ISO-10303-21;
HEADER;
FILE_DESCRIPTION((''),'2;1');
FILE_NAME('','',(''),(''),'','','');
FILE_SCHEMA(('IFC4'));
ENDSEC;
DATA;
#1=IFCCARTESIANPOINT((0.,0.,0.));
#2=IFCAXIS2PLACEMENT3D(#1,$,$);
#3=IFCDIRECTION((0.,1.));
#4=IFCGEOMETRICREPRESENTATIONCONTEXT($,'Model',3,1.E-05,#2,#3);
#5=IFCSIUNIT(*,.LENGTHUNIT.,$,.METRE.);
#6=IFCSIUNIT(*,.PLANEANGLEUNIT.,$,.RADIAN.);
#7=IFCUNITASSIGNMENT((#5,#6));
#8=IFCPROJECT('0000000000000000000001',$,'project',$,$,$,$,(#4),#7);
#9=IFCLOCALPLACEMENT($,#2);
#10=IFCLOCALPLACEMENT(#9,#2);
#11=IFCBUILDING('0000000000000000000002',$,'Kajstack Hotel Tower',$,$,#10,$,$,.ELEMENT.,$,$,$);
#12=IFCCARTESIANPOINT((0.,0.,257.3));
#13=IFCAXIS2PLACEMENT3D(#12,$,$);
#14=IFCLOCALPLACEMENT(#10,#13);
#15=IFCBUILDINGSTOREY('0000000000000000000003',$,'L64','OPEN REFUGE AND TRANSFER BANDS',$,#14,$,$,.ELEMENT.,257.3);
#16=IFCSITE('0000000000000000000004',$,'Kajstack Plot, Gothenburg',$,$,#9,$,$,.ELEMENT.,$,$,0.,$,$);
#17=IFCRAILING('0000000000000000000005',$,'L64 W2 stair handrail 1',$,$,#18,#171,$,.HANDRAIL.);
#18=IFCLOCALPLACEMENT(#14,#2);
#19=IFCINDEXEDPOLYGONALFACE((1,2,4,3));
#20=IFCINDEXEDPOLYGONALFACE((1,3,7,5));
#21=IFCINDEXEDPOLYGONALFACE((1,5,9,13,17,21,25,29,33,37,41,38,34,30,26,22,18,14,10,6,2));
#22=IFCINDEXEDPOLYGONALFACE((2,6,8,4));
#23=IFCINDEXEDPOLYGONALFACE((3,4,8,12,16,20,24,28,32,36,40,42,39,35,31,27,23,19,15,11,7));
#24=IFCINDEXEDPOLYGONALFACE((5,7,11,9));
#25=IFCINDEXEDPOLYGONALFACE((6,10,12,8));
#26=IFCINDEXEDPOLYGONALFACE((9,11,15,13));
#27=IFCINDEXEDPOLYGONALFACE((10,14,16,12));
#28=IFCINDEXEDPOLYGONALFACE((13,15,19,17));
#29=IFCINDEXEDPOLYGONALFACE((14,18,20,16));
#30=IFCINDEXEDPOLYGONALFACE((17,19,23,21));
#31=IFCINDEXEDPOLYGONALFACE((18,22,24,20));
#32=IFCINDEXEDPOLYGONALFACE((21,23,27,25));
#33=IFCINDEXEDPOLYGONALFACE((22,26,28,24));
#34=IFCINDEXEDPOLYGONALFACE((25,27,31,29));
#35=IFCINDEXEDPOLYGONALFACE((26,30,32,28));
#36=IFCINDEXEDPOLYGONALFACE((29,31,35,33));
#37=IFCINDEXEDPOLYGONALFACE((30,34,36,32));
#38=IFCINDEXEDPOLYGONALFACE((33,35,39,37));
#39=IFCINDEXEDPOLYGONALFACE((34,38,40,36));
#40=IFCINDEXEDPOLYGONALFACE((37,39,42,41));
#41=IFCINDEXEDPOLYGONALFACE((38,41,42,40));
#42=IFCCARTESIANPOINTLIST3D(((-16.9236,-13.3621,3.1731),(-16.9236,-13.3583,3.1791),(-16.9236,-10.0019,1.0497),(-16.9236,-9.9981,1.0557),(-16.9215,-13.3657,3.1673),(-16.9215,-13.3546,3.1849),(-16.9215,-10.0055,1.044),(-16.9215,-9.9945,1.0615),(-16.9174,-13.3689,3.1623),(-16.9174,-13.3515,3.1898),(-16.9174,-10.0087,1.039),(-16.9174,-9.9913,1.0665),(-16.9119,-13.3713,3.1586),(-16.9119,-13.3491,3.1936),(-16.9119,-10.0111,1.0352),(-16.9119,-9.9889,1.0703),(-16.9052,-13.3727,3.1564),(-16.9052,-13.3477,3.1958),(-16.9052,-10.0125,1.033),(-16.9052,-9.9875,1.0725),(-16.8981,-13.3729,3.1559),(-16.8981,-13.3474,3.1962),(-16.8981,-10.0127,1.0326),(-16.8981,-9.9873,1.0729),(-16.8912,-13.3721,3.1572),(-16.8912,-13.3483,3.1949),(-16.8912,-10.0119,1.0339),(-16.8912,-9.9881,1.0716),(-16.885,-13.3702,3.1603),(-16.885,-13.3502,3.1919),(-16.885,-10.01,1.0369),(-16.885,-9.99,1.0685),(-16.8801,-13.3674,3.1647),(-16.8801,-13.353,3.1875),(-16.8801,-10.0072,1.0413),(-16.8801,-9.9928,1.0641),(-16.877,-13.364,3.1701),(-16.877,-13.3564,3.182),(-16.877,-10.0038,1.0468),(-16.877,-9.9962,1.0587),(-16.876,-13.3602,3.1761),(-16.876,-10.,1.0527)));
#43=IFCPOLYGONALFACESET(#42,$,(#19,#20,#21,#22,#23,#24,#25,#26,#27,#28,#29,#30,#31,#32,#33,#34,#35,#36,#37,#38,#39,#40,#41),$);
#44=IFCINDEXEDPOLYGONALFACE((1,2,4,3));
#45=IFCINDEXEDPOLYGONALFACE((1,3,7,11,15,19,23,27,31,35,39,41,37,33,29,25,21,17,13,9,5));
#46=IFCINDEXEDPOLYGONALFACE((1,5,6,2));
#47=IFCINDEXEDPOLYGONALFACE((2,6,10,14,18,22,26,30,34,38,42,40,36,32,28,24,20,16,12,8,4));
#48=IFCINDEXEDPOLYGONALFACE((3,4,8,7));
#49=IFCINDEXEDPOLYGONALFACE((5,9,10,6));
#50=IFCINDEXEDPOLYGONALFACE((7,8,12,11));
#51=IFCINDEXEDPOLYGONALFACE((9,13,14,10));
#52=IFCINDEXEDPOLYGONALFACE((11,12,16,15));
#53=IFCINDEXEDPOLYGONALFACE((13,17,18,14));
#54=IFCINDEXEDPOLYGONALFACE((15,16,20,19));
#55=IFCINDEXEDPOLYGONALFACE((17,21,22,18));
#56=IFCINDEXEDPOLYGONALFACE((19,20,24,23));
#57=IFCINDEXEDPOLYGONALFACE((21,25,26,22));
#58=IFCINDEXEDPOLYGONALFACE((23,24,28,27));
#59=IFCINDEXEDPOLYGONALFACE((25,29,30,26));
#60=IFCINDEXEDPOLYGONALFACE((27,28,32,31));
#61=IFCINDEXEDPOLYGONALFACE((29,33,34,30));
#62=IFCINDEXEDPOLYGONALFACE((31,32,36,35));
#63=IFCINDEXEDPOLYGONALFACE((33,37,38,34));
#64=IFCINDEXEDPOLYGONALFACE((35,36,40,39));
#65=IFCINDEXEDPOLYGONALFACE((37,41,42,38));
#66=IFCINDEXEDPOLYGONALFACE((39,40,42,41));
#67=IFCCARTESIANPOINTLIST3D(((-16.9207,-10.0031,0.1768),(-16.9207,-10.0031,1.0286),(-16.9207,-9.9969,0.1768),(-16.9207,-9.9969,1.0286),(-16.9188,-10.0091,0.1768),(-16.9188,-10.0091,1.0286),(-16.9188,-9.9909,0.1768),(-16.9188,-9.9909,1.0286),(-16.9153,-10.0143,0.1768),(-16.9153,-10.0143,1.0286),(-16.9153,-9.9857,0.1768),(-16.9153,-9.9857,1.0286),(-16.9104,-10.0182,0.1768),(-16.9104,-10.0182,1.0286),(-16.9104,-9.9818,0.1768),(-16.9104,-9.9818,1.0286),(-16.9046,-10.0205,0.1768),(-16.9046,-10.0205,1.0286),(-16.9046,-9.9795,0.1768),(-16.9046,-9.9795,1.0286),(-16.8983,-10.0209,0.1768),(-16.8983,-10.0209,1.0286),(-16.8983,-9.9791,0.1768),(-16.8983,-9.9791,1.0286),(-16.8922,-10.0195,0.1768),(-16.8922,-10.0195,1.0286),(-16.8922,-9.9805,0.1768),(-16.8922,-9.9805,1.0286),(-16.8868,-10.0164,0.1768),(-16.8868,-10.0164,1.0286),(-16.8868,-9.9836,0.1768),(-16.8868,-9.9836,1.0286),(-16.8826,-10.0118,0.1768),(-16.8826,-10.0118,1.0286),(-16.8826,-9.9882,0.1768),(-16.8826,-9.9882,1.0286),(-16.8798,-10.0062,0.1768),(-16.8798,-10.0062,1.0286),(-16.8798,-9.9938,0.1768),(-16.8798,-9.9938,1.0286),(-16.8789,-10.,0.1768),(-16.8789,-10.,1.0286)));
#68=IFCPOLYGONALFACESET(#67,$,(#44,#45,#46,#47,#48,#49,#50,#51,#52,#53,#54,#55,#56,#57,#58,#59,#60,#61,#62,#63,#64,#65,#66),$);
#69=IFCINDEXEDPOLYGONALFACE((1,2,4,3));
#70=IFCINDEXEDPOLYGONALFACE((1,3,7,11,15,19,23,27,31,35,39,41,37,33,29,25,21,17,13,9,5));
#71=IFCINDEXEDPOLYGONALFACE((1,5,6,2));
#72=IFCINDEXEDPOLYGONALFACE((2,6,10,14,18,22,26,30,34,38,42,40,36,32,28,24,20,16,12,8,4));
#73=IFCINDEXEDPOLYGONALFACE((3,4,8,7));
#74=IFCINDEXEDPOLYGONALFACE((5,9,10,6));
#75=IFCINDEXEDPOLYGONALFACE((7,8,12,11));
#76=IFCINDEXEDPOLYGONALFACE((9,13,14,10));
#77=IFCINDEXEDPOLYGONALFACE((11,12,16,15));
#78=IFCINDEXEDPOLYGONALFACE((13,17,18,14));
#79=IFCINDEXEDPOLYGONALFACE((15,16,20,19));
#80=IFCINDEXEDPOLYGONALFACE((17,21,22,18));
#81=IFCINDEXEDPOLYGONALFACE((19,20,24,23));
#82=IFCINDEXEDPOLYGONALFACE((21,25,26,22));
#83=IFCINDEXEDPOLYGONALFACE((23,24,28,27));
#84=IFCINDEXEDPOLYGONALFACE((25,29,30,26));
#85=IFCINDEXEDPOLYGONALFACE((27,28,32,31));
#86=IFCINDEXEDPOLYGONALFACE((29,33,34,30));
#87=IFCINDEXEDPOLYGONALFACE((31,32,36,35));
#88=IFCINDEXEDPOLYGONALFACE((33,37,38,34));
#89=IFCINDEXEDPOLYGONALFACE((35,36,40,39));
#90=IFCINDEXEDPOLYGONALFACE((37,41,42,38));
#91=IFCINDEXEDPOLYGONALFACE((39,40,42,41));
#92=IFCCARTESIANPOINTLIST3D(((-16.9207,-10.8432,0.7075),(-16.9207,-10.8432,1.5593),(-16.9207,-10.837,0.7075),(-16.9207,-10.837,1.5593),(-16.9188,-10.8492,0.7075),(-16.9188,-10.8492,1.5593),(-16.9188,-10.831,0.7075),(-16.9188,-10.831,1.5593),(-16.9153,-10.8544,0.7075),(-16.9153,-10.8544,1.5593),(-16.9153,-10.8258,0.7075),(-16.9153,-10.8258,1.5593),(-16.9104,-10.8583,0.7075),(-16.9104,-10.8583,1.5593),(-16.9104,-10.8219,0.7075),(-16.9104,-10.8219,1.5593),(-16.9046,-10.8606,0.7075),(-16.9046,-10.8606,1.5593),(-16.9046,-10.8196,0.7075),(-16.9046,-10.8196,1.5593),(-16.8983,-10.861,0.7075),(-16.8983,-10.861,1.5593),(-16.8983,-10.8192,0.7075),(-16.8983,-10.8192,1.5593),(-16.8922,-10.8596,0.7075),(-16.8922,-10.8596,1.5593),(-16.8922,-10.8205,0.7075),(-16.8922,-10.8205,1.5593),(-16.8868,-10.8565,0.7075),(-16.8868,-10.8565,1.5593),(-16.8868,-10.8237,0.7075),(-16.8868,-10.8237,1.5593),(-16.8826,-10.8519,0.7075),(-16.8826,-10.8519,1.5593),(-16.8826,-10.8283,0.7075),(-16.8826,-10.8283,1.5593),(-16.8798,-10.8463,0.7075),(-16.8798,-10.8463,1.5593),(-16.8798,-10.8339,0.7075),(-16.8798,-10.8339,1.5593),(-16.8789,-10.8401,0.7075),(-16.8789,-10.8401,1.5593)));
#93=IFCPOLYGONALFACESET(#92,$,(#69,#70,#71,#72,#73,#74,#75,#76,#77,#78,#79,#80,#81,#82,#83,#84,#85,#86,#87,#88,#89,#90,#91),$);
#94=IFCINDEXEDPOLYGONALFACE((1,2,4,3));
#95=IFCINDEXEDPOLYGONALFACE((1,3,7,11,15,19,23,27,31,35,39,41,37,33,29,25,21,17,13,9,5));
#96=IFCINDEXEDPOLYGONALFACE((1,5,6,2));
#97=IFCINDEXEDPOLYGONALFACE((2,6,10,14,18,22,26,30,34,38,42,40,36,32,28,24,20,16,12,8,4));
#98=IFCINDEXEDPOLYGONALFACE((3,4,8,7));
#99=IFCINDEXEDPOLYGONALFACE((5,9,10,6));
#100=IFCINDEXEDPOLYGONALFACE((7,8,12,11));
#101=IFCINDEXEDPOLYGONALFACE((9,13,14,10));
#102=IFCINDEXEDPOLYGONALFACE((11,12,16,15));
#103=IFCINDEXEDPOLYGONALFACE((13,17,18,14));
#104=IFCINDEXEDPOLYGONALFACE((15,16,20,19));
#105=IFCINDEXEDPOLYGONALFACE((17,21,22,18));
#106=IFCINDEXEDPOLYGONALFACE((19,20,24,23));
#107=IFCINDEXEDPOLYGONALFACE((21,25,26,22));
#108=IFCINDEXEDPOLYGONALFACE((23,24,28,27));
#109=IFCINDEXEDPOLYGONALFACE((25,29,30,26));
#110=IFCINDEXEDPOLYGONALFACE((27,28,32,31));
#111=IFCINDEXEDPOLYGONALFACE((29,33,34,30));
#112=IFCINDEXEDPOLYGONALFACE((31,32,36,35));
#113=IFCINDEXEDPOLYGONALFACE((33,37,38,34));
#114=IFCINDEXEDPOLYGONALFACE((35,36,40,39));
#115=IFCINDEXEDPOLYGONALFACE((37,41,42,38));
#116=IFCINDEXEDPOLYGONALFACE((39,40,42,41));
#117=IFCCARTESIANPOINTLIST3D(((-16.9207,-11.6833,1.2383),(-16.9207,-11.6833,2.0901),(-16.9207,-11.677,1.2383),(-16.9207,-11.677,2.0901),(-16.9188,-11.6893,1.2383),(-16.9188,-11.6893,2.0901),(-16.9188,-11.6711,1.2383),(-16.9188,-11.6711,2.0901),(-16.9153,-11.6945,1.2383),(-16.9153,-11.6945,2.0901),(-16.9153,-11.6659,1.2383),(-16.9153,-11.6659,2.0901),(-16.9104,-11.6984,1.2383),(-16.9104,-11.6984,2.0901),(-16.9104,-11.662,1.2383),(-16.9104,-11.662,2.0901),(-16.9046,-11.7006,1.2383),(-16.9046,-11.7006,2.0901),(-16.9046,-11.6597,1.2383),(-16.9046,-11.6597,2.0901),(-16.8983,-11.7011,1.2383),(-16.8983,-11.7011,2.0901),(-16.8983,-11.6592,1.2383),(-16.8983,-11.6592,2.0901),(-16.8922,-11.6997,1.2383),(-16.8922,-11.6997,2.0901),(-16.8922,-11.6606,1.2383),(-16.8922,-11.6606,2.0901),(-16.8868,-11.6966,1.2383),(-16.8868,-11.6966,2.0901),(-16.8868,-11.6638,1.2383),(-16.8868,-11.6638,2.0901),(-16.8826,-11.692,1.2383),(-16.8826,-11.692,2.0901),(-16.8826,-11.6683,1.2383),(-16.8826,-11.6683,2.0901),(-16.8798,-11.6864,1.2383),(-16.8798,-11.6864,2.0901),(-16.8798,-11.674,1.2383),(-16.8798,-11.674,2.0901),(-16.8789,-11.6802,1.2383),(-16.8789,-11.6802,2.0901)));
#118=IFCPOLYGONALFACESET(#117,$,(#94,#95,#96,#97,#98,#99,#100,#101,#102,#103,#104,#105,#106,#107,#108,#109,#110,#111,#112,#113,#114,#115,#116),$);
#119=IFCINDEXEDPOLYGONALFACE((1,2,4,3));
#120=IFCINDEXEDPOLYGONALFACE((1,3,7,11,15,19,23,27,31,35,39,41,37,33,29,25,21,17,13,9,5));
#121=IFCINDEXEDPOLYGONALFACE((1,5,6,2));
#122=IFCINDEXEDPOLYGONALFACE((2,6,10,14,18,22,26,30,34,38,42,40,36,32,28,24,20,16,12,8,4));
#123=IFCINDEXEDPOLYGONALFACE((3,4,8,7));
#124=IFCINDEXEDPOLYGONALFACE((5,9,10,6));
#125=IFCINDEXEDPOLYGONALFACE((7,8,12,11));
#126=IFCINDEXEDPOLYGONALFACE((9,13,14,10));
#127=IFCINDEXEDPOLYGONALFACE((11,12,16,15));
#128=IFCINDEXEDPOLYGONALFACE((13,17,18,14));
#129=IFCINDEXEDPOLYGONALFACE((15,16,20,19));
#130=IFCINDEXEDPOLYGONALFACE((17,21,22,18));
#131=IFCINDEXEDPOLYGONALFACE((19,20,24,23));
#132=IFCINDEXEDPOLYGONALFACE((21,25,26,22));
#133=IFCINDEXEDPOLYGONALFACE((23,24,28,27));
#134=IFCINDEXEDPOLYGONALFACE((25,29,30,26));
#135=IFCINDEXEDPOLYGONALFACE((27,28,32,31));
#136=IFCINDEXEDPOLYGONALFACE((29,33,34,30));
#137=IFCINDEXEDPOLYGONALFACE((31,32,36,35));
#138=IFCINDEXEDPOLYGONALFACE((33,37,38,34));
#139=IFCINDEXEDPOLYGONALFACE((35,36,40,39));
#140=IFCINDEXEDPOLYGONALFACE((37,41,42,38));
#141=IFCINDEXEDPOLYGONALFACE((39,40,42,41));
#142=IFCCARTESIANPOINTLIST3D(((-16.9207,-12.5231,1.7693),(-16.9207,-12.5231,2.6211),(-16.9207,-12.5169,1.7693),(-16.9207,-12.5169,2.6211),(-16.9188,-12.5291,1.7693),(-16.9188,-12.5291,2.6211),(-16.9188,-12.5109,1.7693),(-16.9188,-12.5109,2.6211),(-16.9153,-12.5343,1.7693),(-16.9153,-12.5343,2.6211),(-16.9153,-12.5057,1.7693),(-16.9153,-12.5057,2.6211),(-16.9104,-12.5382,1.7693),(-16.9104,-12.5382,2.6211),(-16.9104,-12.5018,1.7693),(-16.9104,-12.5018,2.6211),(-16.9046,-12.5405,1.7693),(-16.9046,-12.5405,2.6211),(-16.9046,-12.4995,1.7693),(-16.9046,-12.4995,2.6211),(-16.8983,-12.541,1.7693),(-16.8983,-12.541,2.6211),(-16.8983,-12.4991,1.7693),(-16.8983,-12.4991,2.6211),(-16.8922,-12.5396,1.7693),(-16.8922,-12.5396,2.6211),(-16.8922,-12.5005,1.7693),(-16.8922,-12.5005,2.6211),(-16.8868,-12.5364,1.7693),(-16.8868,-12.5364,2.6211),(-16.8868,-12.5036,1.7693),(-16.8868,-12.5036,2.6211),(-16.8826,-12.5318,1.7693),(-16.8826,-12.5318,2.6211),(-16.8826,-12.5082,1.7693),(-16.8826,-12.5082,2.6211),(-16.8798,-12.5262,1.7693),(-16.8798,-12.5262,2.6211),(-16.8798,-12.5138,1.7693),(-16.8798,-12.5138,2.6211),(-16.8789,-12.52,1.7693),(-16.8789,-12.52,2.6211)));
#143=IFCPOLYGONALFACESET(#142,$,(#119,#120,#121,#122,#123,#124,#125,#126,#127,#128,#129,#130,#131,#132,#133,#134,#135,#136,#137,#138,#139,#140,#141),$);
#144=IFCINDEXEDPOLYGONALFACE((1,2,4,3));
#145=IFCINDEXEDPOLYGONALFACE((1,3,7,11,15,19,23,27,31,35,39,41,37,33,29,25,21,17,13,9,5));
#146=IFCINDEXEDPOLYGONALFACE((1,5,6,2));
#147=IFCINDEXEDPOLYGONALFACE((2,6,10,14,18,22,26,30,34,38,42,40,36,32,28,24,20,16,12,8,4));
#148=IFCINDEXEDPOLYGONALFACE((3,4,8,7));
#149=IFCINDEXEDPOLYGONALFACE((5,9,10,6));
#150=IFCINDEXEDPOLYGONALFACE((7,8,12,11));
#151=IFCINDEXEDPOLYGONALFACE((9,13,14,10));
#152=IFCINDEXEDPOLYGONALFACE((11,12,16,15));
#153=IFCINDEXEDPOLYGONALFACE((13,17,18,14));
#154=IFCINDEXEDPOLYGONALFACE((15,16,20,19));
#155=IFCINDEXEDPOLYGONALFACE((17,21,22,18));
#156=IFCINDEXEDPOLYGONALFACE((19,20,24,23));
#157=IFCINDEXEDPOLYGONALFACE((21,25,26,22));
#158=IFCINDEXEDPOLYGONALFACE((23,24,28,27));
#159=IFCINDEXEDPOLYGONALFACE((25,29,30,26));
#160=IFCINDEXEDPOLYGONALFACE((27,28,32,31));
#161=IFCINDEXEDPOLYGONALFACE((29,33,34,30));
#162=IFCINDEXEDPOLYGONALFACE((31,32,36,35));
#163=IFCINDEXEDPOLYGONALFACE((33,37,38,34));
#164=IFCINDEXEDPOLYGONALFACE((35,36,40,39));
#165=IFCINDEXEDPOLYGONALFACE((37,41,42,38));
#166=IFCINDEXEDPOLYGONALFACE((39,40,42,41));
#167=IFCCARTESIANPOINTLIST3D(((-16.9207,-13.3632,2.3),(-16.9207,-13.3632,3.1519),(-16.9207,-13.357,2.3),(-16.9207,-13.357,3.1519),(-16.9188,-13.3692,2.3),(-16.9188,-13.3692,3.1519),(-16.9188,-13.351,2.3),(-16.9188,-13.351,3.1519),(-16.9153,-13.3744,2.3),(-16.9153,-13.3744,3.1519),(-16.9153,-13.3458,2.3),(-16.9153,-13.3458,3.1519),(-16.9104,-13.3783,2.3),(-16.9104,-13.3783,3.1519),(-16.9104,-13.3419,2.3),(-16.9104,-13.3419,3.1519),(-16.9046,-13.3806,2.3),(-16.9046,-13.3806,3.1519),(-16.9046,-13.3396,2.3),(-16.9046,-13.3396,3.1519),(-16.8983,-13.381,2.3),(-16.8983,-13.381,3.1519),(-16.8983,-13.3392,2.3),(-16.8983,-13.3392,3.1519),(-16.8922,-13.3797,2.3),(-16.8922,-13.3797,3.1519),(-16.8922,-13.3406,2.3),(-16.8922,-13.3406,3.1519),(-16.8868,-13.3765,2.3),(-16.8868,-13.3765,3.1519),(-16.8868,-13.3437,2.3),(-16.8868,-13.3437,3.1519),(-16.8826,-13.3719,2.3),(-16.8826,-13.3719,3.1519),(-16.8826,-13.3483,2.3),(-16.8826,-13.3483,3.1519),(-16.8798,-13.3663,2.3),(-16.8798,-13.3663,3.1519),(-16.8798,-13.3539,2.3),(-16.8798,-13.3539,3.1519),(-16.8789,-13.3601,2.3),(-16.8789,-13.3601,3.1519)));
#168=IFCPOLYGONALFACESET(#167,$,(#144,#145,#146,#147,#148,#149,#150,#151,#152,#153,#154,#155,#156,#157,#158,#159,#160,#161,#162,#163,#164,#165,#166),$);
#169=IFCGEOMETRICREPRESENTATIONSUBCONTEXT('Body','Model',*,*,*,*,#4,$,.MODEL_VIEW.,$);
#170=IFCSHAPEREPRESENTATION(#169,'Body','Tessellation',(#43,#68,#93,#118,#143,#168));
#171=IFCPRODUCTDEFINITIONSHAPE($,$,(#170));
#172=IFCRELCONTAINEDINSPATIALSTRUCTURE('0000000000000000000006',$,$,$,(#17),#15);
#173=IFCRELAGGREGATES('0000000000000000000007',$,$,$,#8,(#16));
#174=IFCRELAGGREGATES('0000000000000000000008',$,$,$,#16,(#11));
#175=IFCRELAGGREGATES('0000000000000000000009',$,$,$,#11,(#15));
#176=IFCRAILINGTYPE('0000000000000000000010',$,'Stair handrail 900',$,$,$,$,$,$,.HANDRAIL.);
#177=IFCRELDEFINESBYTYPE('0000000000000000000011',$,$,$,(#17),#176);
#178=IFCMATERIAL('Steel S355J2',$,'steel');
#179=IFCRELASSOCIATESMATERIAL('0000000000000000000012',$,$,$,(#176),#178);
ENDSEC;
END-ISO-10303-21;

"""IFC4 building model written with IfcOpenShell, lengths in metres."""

from ifc_helpers import new_model, si_unit, direction, frame, origin, origin_2d, place, context, subcontext, project, spatial, circle, extrude, material, type_object, element, save


model = new_model("IFC4")

# Units and contexts
model_context = context("Model", 3, precision=1e-05, world=origin(), true_north=direction((0.0, 1.0)))
body_context = subcontext(model_context, "Body", "Model", "MODEL_VIEW")
ifc_project = project(units=[si_unit("LENGTHUNIT", "METRE"), si_unit("PLANEANGLEUNIT", "RADIAN")], contexts=[model_context])

# Site, building, storey
site_placement = place(None, origin())
site = spatial("IfcSite", under=ifc_project, at=site_placement, Name="Kajstack Plot, Gothenburg", CompositionType="ELEMENT", RefElevation=0.0)
building_placement = place(site_placement, origin())
building = spatial("IfcBuilding", under=site, at=building_placement, Name="Kajstack Hotel Tower", CompositionType="ELEMENT")
storey_placement = place(building_placement, frame((0.0, 0.0, 257.3)))
storey = spatial("IfcBuildingStorey", under=building, at=storey_placement, Name="L64", Description="OPEN REFUGE AND TRANSFER BANDS", CompositionType="ELEMENT", Elevation=257.3)

# Shared definitions
ifc_material_1 = material(Name="Steel S355J2", Category="steel")

# Railing
railing_type_1 = type_object("IfcRailingType", Name="Stair handrail 900", PredefinedType="HANDRAIL", material=ifc_material_1)
railing_1_placement = place(storey_placement, frame((-16.8999, -10.0, 0.1768)))
element("IfcRailing", 1, at=railing_1_placement, inside=storey, type_object=railing_type_1, Name="L64 W2 stair handrail 1", PredefinedType="HANDRAIL", context=body_context, shape_type="SweptSolid", body=[
    extrude(circle(Radius=0.0239, at=origin_2d()), frame((0.0, 0.0, 0.876), z_axis=(0.0, -0.845362, 0.534194), x_axis=(1.0, 0.0, 0.0)), (0.0, 0.0, 1.0), 3.9749),
    extrude(circle(Radius=0.021, at=origin_2d()), origin(), (0.0, 0.0, 1.0), 0.8518),
    extrude(circle(Radius=0.021, at=origin_2d()), frame((0.0, -0.8401, 0.5308)), (0.0, 0.0, 1.0), 0.8518),
    extrude(circle(Radius=0.021, at=origin_2d()), frame((0.0, -1.6802, 1.0615)), (0.0, 0.0, 1.0), 0.8518),
    extrude(circle(Radius=0.021, at=origin_2d()), frame((0.0, -2.52, 1.5925)), (0.0, 0.0, 1.0), 0.8518),
    extrude(circle(Radius=0.021, at=origin_2d()), frame((0.0, -3.3601, 2.1233)), (0.0, 0.0, 1.0), 0.8518),
])

save(model, "model.ifc")
